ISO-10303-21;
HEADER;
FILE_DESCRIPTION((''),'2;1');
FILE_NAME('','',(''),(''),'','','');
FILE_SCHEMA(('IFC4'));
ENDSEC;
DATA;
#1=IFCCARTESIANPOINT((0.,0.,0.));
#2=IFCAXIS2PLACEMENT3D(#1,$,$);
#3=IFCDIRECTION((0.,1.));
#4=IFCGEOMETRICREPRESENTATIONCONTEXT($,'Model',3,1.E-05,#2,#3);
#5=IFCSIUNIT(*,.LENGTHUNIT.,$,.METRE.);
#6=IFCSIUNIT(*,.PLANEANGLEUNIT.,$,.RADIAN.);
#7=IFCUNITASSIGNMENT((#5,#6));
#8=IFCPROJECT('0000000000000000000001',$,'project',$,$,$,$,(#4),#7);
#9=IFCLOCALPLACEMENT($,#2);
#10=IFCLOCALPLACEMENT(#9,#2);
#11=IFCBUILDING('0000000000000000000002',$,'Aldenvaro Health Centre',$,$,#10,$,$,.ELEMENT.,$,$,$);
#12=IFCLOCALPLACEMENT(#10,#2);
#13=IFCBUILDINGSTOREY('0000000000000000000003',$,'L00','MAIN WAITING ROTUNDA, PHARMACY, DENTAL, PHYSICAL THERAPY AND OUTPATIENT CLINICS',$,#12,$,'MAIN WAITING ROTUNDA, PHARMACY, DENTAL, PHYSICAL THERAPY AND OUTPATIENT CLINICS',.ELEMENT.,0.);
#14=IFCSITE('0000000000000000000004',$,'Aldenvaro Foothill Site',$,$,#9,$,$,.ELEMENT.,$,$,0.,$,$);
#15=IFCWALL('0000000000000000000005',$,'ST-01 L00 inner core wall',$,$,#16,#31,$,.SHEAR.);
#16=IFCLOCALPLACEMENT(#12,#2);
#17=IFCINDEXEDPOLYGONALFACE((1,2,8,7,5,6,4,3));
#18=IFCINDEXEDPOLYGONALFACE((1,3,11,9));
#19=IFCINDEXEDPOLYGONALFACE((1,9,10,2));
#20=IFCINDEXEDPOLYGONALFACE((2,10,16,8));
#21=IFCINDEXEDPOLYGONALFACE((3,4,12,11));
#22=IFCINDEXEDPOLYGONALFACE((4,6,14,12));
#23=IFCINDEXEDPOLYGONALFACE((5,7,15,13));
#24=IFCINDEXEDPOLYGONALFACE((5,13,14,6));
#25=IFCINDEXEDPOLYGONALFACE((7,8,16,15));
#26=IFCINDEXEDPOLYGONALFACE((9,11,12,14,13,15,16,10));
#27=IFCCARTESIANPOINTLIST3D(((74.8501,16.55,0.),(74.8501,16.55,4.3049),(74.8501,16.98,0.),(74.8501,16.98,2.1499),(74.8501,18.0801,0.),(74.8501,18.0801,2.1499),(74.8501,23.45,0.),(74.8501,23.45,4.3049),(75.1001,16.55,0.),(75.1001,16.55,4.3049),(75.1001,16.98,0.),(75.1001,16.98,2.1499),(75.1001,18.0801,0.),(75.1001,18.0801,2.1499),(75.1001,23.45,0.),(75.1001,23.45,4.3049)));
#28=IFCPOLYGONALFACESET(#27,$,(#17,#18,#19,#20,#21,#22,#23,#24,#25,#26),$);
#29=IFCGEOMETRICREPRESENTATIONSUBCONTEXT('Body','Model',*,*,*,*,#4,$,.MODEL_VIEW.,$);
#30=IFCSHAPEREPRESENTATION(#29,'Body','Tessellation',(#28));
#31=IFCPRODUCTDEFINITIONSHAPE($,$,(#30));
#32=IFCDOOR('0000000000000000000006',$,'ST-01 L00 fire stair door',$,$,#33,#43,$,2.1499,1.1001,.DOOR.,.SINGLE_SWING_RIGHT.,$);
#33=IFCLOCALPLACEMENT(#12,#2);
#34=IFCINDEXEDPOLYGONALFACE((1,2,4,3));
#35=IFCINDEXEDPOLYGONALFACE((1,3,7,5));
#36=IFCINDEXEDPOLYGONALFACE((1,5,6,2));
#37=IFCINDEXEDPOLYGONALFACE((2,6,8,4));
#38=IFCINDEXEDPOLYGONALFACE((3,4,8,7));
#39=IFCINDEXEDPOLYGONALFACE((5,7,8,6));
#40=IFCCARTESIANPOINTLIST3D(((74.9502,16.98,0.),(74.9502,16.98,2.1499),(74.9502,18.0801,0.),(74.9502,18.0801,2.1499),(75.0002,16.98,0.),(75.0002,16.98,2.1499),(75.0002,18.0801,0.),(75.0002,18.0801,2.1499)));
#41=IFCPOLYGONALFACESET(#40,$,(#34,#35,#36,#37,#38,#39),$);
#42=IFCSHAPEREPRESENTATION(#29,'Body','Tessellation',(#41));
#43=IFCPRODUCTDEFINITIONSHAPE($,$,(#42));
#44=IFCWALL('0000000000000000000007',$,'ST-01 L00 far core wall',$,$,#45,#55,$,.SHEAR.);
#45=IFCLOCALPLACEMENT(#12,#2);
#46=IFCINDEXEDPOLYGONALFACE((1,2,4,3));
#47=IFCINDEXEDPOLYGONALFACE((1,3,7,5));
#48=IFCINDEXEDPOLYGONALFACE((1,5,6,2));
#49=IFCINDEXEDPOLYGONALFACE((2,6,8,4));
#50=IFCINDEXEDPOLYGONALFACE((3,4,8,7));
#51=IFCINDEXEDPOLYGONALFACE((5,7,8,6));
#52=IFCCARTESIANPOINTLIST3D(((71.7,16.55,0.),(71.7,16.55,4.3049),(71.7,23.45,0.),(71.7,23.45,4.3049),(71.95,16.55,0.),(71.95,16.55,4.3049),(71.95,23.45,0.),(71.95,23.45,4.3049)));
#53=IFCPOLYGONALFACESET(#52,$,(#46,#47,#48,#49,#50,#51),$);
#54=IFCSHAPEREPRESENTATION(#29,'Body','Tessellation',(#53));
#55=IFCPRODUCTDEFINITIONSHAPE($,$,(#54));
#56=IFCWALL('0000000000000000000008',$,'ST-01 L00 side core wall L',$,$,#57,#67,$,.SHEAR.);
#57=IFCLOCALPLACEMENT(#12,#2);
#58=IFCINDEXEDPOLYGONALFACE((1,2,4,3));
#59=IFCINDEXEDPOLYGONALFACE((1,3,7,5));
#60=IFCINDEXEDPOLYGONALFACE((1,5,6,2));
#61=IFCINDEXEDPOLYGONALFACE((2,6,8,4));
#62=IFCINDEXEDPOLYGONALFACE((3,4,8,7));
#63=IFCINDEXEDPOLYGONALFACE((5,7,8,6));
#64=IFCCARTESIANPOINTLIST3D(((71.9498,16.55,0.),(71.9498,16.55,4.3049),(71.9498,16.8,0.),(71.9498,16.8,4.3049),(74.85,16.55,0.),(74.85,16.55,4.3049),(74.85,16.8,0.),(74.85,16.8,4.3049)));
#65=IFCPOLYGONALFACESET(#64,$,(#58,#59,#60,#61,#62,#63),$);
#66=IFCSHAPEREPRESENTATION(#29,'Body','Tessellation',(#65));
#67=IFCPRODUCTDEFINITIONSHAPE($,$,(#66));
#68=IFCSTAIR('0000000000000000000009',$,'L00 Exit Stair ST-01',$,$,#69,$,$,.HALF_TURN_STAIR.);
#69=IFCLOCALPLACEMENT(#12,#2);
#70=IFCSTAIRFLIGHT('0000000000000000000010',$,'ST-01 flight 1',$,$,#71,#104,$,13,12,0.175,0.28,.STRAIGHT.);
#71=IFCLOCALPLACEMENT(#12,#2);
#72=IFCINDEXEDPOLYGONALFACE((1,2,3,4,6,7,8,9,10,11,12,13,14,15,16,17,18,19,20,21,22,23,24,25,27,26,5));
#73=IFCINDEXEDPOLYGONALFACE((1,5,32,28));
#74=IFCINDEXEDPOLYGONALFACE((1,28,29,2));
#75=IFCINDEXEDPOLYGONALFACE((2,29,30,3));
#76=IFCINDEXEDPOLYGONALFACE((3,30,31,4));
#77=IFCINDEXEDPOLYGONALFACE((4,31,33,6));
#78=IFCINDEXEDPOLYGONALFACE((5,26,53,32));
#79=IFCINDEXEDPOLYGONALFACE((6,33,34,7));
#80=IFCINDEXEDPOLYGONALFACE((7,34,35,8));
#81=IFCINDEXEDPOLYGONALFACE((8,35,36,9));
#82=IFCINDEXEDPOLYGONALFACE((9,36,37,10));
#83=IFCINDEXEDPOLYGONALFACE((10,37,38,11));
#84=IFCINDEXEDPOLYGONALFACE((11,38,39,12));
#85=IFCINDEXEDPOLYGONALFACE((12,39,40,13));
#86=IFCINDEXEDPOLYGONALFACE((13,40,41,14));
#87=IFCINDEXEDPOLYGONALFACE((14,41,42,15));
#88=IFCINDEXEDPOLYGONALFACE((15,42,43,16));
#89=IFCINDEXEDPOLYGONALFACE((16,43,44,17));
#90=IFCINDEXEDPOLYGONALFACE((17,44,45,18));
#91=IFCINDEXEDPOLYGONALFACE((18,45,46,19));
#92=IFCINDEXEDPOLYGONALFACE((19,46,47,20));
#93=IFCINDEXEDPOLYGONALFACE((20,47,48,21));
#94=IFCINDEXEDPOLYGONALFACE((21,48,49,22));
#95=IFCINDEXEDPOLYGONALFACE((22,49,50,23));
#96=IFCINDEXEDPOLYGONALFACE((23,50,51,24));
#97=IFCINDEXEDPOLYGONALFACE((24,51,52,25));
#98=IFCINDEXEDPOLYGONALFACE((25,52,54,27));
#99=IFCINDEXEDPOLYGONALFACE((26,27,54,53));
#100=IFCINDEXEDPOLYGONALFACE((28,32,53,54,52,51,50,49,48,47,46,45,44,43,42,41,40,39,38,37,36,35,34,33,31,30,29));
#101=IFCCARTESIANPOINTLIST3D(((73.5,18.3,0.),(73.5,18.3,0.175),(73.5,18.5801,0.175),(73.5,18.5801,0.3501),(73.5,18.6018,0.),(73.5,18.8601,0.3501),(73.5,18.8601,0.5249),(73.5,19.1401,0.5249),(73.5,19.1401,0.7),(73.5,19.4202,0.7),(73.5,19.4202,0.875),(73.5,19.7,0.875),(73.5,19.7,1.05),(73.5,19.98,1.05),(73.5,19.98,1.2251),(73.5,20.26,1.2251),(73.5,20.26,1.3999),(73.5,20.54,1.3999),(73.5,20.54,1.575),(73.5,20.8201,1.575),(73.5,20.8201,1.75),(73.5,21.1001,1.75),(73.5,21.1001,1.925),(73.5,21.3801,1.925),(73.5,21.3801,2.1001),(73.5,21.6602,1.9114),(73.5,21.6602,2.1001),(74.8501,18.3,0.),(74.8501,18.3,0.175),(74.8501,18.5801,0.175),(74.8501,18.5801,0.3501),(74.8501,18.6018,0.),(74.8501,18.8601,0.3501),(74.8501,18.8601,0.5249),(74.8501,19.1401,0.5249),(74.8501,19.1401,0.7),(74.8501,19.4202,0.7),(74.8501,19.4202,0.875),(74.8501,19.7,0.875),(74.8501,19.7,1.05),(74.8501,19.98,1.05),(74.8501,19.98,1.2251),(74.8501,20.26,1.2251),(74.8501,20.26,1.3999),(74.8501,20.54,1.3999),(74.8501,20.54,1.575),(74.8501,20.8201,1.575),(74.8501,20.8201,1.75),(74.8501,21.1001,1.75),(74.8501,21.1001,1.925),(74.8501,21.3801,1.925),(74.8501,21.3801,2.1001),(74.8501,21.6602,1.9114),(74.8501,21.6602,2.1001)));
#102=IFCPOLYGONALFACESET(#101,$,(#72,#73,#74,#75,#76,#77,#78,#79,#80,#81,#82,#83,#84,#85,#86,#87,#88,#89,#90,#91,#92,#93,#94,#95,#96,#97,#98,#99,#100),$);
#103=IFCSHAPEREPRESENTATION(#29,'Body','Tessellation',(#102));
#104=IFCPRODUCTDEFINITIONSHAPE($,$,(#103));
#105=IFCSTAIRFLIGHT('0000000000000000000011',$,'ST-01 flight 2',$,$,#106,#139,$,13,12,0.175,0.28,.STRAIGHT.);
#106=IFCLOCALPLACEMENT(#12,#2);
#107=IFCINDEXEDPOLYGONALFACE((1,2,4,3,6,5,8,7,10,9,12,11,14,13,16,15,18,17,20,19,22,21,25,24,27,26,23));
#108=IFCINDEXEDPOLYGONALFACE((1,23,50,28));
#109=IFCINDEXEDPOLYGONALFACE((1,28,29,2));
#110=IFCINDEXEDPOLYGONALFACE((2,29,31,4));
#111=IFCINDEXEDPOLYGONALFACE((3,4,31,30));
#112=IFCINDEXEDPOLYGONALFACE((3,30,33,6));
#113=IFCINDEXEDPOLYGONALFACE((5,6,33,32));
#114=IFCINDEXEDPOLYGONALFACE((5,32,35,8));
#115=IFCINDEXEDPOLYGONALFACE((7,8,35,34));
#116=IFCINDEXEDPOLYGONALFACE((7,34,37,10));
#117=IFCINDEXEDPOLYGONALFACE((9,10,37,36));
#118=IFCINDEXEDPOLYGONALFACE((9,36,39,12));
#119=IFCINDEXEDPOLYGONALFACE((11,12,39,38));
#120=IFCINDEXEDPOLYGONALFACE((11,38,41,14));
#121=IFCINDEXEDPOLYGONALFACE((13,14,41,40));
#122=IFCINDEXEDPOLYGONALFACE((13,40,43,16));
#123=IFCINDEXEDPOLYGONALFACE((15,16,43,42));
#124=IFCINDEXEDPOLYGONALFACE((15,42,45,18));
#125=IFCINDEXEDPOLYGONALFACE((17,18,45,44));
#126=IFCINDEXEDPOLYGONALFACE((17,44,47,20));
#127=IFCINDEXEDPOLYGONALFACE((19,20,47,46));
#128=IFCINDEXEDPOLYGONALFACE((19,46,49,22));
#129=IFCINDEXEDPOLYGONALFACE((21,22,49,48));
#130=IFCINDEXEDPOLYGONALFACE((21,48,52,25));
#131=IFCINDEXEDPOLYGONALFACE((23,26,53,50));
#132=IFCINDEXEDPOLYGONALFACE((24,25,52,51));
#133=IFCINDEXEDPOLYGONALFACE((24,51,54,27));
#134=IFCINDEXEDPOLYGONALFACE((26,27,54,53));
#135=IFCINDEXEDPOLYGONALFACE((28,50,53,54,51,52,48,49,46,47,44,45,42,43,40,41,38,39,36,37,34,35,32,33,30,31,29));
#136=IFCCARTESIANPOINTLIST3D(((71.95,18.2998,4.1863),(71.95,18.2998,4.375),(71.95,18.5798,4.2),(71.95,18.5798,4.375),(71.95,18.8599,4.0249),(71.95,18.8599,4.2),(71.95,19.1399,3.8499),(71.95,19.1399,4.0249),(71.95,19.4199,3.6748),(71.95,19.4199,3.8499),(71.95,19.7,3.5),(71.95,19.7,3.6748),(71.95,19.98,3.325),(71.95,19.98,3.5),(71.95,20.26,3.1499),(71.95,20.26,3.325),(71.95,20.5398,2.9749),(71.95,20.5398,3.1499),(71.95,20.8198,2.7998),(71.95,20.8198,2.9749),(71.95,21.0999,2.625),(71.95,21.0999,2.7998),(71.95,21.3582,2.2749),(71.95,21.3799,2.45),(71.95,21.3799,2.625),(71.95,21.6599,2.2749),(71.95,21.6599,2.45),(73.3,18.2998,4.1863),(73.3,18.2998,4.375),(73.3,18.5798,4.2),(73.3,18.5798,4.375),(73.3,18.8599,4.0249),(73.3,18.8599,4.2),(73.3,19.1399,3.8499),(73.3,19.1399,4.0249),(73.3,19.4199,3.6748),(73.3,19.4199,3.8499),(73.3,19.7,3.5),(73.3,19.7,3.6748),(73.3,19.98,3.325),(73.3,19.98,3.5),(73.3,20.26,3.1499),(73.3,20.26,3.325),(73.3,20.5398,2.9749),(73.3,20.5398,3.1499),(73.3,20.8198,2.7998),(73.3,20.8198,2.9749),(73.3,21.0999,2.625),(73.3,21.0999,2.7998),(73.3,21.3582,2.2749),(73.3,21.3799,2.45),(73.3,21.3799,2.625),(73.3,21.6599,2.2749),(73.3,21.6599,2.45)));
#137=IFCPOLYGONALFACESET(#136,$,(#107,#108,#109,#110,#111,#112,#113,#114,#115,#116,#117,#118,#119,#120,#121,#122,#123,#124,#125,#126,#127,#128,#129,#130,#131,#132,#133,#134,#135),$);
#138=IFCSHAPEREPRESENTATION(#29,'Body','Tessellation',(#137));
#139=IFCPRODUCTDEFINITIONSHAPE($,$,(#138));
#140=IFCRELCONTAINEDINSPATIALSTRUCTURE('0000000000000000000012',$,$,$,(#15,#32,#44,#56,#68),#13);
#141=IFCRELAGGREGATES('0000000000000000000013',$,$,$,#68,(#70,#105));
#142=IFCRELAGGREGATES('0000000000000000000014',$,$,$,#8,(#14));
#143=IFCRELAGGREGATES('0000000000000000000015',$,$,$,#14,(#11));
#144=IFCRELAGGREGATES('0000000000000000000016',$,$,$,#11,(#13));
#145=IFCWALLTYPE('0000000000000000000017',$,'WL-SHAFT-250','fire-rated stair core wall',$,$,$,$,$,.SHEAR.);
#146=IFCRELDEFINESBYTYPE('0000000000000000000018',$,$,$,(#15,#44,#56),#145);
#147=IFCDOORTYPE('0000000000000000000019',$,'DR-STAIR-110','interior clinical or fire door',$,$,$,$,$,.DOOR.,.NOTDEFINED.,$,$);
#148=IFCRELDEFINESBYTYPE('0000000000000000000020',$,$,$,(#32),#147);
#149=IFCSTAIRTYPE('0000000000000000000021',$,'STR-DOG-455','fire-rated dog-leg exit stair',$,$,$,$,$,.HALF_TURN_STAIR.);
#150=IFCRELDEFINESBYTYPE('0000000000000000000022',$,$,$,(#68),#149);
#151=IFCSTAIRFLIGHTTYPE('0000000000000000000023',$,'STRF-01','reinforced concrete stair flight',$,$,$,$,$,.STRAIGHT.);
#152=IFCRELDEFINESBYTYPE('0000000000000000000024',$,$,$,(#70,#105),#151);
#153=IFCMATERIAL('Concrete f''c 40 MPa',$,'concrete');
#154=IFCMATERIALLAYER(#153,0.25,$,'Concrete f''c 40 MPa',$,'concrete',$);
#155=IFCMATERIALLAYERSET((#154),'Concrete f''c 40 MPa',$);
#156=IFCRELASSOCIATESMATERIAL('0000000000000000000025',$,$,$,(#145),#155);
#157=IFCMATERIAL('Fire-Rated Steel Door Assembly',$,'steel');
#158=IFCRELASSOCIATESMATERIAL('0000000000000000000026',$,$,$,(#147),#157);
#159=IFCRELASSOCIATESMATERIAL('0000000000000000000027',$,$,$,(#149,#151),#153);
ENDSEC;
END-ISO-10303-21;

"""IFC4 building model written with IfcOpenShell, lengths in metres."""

from ifc_helpers import new_model, si_unit, direction, frame, frame_2d, origin, place, context, subcontext, project, spatial, polyline, rectangle, outline, extrude, material, layer, layer_set, type_object, element, fill, aggregate, save


model = new_model("IFC4")

# Units and contexts
model_context = context("Model", 3, precision=1e-05, world=origin(), true_north=direction((0.0, 1.0)))
body_context = subcontext(model_context, "Body", "Model", "MODEL_VIEW")
ifc_project = project(units=[si_unit("LENGTHUNIT", "METRE"), si_unit("PLANEANGLEUNIT", "RADIAN")], contexts=[model_context])

# Site, building, storey
site_placement = place(None, origin())
site = spatial("IfcSite", under=ifc_project, at=site_placement, Name="Aldenvaro Foothill Site", CompositionType="ELEMENT", RefElevation=0.0)
building_placement = place(site_placement, origin())
building = spatial("IfcBuilding", under=site, at=building_placement, Name="Aldenvaro Health Centre", CompositionType="ELEMENT")
storey_placement = place(building_placement, origin())
storey = spatial("IfcBuildingStorey", under=building, at=storey_placement, Name="L00", Description="MAIN WAITING ROTUNDA, PHARMACY, DENTAL, PHYSICAL THERAPY AND OUTPATIENT CLINICS", LongName="MAIN WAITING ROTUNDA, PHARMACY, DENTAL, PHYSICAL THERAPY AND OUTPATIENT CLINICS", CompositionType="ELEMENT", Elevation=0.0)

# Shared definitions
ifc_material_1 = material(Name="Concrete f'c 40 MPa", Category="concrete")

# Wall, opening, door
ifc_layer_1 = layer(ifc_material_1, 0.25, Name="Concrete f'c 40 MPa", Category="concrete")
ifc_layer_set_1 = layer_set([ifc_layer_1], Name="Concrete f'c 40 MPa")
wall_type_1 = type_object("IfcWallType", Name="WL-SHAFT-250", Description="fire-rated stair core wall", PredefinedType="SHEAR", material=ifc_layer_set_1)
wall_1_placement = place(storey_placement, frame((74.9751, 16.55, 0.0), z_axis=(0.0, 0.0, 1.0), x_axis=(0.0, 1.0, 0.0)))
wall_1 = element("IfcWall", 1, at=wall_1_placement, inside=storey, type_object=wall_type_1, Name="ST-01 L00 inner core wall", PredefinedType="SHEAR", context=body_context, shape_type="SweptSolid", body=[
    extrude(rectangle(XDim=6.8999, YDim=0.25, at=frame_2d((3.45, 0.0))), origin(), (0.0, 0.0, 1.0), 4.3049),
])
opening_1_placement = place(wall_1_placement, frame((0.4299, 0.0, 0.0)))
opening_1 = element("IfcOpeningElement", 2, at=opening_1_placement, cuts=wall_1, PredefinedType="OPENING", context=body_context, shape_type="SweptSolid", body=[
    extrude(rectangle(XDim=1.1001, YDim=2.1499, at=frame_2d((0.55, 1.075))), frame((0.0, 0.135, 0.0), z_axis=(0.0, -1.0, 0.0), x_axis=(1.0, 0.0, 0.0)), (0.0, 0.0, 1.0), 0.27),
])
ifc_material_2 = material(Name="Fire-Rated Steel Door Assembly", Category="steel")
door_type_1 = type_object("IfcDoorType", Name="DR-STAIR-110", Description="interior clinical or fire door", OperationType="NOTDEFINED", PredefinedType="DOOR", material=ifc_material_2)
door_1_placement = place(opening_1_placement, origin())
door_1 = element("IfcDoor", 3, at=door_1_placement, inside=storey, type_object=door_type_1, Name="ST-01 L00 fire stair door", OperationType="SINGLE_SWING_RIGHT", OverallHeight=2.1499, OverallWidth=1.1001, PredefinedType="DOOR", context=body_context, shape_type="SweptSolid", body=[
    extrude(rectangle(XDim=1.1001, YDim=2.1499, at=frame_2d((0.55, 1.075))), frame((0.0, 0.0249, 0.0), z_axis=(0.0, -1.0, 0.0), x_axis=(1.0, 0.0, 0.0)), (0.0, 0.0, 1.0), 0.05),
])
fill(opening_1, door_1)

# Walls
wall_2_placement = place(storey_placement, frame((71.825, 16.55, 0.0), z_axis=(0.0, 0.0, 1.0), x_axis=(0.0, 1.0, 0.0)))
element("IfcWall", 4, at=wall_2_placement, inside=storey, type_object=wall_type_1, Name="ST-01 L00 far core wall", PredefinedType="SHEAR", context=body_context, shape_type="SweptSolid", body=[
    extrude(rectangle(XDim=6.8999, YDim=0.25, at=frame_2d((3.45, 0.0))), origin(), (0.0, 0.0, 1.0), 4.3049),
])
wall_3_placement = place(storey_placement, frame((74.8501, 16.675, 0.0), z_axis=(0.0, 0.0, 1.0), x_axis=(-1.0, 0.0, 0.0)))
element("IfcWall", 5, at=wall_3_placement, inside=storey, type_object=wall_type_1, Name="ST-01 L00 side core wall L", PredefinedType="SHEAR", context=body_context, shape_type="SweptSolid", body=[
    extrude(rectangle(XDim=2.9001, YDim=0.25, at=frame_2d((1.4502, 0.0))), origin(), (0.0, 0.0, 1.0), 4.3049),
])

# Stair, stair flights
stair_type = type_object("IfcStairType", Name="STR-DOG-455", Description="fire-rated dog-leg exit stair", PredefinedType="HALF_TURN_STAIR", material=ifc_material_1)
stair_placement = place(storey_placement, origin())
stair = element("IfcStair", 6, at=stair_placement, inside=storey, type_object=stair_type, Name="L00 Exit Stair ST-01", PredefinedType="HALF_TURN_STAIR")
stair_flight_type = type_object("IfcStairFlightType", Name="STRF-01", Description="reinforced concrete stair flight", PredefinedType="STRAIGHT", material=ifc_material_1)
stair_flight_1_placement = place(storey_placement, frame((74.175, 18.3, 0.0), z_axis=(0.0, 0.0, 1.0), x_axis=(0.0, 1.0, 0.0)))
stair_flight_1 = element("IfcStairFlight", 7, at=stair_flight_1_placement, type_object=stair_flight_type, Name="ST-01 flight 1", NumberOfRisers=13, NumberOfTreads=12, PredefinedType="STRAIGHT", RiserHeight=0.175, TreadLength=0.28, context=body_context, shape_type="SweptSolid", body=[
    extrude(outline(polyline([(0.0, 0.0), (0.0, 0.175), (0.28, 0.175), (0.28, 0.3501), (0.5601, 0.3501), (0.5601, 0.5249), (0.8401, 0.5249), (0.8401, 0.7), (1.1201, 0.7), (1.1201, 0.875), (1.3999, 0.875), (1.3999, 1.05), (1.6799, 1.05), (1.6799, 1.2251), (1.96, 1.2251), (1.96, 1.3999), (2.24, 1.3999), (2.24, 1.575), (2.52, 1.575), (2.52, 1.75), (2.8, 1.75), (2.8, 1.925), (3.0801, 1.925), (3.0801, 2.1001), (3.3601, 2.1001), (3.3601, 2.2749), (3.3601, 1.9114), (0.3018, 0.0), (0.0, 0.0)])), frame((0.0, 0.675, 0.0), z_axis=(0.0, -1.0, 0.0), x_axis=(1.0, 0.0, 0.0)), (0.0, 0.0, 1.0), 1.3501),
])
stair_flight_2_placement = place(storey_placement, frame((72.625, 21.6599, 2.2749), z_axis=(0.0, 0.0, 1.0), x_axis=(0.0, -1.0, 0.0)))
stair_flight_2 = element("IfcStairFlight", 8, at=stair_flight_2_placement, type_object=stair_flight_type, Name="ST-01 flight 2", NumberOfRisers=13, NumberOfTreads=12, PredefinedType="STRAIGHT", RiserHeight=0.175, TreadLength=0.28, context=body_context, shape_type="SweptSolid", body=[
    extrude(outline(polyline([(0.0, 0.0), (0.0, 0.175), (0.28, 0.175), (0.28, 0.3501), (0.5601, 0.3501), (0.5601, 0.5249), (0.8401, 0.5249), (0.8401, 0.7), (1.1201, 0.7), (1.1201, 0.875), (1.3999, 0.875), (1.3999, 1.05), (1.6799, 1.05), (1.6799, 1.2251), (1.96, 1.2251), (1.96, 1.3999), (2.24, 1.3999), (2.24, 1.575), (2.52, 1.575), (2.52, 1.75), (2.8, 1.75), (2.8, 1.925), (3.0801, 1.925), (3.0801, 2.1001), (3.3601, 2.1001), (3.3601, 2.2749), (3.3601, 1.9114), (0.3018, 0.0), (0.0, 0.0)])), frame((0.0, 0.675, 0.0), z_axis=(0.0, -1.0, 0.0), x_axis=(1.0, 0.0, 0.0)), (0.0, 0.0, 1.0), 1.3501),
])
aggregate(stair, [stair_flight_1, stair_flight_2])

save(model, "model.ifc")
